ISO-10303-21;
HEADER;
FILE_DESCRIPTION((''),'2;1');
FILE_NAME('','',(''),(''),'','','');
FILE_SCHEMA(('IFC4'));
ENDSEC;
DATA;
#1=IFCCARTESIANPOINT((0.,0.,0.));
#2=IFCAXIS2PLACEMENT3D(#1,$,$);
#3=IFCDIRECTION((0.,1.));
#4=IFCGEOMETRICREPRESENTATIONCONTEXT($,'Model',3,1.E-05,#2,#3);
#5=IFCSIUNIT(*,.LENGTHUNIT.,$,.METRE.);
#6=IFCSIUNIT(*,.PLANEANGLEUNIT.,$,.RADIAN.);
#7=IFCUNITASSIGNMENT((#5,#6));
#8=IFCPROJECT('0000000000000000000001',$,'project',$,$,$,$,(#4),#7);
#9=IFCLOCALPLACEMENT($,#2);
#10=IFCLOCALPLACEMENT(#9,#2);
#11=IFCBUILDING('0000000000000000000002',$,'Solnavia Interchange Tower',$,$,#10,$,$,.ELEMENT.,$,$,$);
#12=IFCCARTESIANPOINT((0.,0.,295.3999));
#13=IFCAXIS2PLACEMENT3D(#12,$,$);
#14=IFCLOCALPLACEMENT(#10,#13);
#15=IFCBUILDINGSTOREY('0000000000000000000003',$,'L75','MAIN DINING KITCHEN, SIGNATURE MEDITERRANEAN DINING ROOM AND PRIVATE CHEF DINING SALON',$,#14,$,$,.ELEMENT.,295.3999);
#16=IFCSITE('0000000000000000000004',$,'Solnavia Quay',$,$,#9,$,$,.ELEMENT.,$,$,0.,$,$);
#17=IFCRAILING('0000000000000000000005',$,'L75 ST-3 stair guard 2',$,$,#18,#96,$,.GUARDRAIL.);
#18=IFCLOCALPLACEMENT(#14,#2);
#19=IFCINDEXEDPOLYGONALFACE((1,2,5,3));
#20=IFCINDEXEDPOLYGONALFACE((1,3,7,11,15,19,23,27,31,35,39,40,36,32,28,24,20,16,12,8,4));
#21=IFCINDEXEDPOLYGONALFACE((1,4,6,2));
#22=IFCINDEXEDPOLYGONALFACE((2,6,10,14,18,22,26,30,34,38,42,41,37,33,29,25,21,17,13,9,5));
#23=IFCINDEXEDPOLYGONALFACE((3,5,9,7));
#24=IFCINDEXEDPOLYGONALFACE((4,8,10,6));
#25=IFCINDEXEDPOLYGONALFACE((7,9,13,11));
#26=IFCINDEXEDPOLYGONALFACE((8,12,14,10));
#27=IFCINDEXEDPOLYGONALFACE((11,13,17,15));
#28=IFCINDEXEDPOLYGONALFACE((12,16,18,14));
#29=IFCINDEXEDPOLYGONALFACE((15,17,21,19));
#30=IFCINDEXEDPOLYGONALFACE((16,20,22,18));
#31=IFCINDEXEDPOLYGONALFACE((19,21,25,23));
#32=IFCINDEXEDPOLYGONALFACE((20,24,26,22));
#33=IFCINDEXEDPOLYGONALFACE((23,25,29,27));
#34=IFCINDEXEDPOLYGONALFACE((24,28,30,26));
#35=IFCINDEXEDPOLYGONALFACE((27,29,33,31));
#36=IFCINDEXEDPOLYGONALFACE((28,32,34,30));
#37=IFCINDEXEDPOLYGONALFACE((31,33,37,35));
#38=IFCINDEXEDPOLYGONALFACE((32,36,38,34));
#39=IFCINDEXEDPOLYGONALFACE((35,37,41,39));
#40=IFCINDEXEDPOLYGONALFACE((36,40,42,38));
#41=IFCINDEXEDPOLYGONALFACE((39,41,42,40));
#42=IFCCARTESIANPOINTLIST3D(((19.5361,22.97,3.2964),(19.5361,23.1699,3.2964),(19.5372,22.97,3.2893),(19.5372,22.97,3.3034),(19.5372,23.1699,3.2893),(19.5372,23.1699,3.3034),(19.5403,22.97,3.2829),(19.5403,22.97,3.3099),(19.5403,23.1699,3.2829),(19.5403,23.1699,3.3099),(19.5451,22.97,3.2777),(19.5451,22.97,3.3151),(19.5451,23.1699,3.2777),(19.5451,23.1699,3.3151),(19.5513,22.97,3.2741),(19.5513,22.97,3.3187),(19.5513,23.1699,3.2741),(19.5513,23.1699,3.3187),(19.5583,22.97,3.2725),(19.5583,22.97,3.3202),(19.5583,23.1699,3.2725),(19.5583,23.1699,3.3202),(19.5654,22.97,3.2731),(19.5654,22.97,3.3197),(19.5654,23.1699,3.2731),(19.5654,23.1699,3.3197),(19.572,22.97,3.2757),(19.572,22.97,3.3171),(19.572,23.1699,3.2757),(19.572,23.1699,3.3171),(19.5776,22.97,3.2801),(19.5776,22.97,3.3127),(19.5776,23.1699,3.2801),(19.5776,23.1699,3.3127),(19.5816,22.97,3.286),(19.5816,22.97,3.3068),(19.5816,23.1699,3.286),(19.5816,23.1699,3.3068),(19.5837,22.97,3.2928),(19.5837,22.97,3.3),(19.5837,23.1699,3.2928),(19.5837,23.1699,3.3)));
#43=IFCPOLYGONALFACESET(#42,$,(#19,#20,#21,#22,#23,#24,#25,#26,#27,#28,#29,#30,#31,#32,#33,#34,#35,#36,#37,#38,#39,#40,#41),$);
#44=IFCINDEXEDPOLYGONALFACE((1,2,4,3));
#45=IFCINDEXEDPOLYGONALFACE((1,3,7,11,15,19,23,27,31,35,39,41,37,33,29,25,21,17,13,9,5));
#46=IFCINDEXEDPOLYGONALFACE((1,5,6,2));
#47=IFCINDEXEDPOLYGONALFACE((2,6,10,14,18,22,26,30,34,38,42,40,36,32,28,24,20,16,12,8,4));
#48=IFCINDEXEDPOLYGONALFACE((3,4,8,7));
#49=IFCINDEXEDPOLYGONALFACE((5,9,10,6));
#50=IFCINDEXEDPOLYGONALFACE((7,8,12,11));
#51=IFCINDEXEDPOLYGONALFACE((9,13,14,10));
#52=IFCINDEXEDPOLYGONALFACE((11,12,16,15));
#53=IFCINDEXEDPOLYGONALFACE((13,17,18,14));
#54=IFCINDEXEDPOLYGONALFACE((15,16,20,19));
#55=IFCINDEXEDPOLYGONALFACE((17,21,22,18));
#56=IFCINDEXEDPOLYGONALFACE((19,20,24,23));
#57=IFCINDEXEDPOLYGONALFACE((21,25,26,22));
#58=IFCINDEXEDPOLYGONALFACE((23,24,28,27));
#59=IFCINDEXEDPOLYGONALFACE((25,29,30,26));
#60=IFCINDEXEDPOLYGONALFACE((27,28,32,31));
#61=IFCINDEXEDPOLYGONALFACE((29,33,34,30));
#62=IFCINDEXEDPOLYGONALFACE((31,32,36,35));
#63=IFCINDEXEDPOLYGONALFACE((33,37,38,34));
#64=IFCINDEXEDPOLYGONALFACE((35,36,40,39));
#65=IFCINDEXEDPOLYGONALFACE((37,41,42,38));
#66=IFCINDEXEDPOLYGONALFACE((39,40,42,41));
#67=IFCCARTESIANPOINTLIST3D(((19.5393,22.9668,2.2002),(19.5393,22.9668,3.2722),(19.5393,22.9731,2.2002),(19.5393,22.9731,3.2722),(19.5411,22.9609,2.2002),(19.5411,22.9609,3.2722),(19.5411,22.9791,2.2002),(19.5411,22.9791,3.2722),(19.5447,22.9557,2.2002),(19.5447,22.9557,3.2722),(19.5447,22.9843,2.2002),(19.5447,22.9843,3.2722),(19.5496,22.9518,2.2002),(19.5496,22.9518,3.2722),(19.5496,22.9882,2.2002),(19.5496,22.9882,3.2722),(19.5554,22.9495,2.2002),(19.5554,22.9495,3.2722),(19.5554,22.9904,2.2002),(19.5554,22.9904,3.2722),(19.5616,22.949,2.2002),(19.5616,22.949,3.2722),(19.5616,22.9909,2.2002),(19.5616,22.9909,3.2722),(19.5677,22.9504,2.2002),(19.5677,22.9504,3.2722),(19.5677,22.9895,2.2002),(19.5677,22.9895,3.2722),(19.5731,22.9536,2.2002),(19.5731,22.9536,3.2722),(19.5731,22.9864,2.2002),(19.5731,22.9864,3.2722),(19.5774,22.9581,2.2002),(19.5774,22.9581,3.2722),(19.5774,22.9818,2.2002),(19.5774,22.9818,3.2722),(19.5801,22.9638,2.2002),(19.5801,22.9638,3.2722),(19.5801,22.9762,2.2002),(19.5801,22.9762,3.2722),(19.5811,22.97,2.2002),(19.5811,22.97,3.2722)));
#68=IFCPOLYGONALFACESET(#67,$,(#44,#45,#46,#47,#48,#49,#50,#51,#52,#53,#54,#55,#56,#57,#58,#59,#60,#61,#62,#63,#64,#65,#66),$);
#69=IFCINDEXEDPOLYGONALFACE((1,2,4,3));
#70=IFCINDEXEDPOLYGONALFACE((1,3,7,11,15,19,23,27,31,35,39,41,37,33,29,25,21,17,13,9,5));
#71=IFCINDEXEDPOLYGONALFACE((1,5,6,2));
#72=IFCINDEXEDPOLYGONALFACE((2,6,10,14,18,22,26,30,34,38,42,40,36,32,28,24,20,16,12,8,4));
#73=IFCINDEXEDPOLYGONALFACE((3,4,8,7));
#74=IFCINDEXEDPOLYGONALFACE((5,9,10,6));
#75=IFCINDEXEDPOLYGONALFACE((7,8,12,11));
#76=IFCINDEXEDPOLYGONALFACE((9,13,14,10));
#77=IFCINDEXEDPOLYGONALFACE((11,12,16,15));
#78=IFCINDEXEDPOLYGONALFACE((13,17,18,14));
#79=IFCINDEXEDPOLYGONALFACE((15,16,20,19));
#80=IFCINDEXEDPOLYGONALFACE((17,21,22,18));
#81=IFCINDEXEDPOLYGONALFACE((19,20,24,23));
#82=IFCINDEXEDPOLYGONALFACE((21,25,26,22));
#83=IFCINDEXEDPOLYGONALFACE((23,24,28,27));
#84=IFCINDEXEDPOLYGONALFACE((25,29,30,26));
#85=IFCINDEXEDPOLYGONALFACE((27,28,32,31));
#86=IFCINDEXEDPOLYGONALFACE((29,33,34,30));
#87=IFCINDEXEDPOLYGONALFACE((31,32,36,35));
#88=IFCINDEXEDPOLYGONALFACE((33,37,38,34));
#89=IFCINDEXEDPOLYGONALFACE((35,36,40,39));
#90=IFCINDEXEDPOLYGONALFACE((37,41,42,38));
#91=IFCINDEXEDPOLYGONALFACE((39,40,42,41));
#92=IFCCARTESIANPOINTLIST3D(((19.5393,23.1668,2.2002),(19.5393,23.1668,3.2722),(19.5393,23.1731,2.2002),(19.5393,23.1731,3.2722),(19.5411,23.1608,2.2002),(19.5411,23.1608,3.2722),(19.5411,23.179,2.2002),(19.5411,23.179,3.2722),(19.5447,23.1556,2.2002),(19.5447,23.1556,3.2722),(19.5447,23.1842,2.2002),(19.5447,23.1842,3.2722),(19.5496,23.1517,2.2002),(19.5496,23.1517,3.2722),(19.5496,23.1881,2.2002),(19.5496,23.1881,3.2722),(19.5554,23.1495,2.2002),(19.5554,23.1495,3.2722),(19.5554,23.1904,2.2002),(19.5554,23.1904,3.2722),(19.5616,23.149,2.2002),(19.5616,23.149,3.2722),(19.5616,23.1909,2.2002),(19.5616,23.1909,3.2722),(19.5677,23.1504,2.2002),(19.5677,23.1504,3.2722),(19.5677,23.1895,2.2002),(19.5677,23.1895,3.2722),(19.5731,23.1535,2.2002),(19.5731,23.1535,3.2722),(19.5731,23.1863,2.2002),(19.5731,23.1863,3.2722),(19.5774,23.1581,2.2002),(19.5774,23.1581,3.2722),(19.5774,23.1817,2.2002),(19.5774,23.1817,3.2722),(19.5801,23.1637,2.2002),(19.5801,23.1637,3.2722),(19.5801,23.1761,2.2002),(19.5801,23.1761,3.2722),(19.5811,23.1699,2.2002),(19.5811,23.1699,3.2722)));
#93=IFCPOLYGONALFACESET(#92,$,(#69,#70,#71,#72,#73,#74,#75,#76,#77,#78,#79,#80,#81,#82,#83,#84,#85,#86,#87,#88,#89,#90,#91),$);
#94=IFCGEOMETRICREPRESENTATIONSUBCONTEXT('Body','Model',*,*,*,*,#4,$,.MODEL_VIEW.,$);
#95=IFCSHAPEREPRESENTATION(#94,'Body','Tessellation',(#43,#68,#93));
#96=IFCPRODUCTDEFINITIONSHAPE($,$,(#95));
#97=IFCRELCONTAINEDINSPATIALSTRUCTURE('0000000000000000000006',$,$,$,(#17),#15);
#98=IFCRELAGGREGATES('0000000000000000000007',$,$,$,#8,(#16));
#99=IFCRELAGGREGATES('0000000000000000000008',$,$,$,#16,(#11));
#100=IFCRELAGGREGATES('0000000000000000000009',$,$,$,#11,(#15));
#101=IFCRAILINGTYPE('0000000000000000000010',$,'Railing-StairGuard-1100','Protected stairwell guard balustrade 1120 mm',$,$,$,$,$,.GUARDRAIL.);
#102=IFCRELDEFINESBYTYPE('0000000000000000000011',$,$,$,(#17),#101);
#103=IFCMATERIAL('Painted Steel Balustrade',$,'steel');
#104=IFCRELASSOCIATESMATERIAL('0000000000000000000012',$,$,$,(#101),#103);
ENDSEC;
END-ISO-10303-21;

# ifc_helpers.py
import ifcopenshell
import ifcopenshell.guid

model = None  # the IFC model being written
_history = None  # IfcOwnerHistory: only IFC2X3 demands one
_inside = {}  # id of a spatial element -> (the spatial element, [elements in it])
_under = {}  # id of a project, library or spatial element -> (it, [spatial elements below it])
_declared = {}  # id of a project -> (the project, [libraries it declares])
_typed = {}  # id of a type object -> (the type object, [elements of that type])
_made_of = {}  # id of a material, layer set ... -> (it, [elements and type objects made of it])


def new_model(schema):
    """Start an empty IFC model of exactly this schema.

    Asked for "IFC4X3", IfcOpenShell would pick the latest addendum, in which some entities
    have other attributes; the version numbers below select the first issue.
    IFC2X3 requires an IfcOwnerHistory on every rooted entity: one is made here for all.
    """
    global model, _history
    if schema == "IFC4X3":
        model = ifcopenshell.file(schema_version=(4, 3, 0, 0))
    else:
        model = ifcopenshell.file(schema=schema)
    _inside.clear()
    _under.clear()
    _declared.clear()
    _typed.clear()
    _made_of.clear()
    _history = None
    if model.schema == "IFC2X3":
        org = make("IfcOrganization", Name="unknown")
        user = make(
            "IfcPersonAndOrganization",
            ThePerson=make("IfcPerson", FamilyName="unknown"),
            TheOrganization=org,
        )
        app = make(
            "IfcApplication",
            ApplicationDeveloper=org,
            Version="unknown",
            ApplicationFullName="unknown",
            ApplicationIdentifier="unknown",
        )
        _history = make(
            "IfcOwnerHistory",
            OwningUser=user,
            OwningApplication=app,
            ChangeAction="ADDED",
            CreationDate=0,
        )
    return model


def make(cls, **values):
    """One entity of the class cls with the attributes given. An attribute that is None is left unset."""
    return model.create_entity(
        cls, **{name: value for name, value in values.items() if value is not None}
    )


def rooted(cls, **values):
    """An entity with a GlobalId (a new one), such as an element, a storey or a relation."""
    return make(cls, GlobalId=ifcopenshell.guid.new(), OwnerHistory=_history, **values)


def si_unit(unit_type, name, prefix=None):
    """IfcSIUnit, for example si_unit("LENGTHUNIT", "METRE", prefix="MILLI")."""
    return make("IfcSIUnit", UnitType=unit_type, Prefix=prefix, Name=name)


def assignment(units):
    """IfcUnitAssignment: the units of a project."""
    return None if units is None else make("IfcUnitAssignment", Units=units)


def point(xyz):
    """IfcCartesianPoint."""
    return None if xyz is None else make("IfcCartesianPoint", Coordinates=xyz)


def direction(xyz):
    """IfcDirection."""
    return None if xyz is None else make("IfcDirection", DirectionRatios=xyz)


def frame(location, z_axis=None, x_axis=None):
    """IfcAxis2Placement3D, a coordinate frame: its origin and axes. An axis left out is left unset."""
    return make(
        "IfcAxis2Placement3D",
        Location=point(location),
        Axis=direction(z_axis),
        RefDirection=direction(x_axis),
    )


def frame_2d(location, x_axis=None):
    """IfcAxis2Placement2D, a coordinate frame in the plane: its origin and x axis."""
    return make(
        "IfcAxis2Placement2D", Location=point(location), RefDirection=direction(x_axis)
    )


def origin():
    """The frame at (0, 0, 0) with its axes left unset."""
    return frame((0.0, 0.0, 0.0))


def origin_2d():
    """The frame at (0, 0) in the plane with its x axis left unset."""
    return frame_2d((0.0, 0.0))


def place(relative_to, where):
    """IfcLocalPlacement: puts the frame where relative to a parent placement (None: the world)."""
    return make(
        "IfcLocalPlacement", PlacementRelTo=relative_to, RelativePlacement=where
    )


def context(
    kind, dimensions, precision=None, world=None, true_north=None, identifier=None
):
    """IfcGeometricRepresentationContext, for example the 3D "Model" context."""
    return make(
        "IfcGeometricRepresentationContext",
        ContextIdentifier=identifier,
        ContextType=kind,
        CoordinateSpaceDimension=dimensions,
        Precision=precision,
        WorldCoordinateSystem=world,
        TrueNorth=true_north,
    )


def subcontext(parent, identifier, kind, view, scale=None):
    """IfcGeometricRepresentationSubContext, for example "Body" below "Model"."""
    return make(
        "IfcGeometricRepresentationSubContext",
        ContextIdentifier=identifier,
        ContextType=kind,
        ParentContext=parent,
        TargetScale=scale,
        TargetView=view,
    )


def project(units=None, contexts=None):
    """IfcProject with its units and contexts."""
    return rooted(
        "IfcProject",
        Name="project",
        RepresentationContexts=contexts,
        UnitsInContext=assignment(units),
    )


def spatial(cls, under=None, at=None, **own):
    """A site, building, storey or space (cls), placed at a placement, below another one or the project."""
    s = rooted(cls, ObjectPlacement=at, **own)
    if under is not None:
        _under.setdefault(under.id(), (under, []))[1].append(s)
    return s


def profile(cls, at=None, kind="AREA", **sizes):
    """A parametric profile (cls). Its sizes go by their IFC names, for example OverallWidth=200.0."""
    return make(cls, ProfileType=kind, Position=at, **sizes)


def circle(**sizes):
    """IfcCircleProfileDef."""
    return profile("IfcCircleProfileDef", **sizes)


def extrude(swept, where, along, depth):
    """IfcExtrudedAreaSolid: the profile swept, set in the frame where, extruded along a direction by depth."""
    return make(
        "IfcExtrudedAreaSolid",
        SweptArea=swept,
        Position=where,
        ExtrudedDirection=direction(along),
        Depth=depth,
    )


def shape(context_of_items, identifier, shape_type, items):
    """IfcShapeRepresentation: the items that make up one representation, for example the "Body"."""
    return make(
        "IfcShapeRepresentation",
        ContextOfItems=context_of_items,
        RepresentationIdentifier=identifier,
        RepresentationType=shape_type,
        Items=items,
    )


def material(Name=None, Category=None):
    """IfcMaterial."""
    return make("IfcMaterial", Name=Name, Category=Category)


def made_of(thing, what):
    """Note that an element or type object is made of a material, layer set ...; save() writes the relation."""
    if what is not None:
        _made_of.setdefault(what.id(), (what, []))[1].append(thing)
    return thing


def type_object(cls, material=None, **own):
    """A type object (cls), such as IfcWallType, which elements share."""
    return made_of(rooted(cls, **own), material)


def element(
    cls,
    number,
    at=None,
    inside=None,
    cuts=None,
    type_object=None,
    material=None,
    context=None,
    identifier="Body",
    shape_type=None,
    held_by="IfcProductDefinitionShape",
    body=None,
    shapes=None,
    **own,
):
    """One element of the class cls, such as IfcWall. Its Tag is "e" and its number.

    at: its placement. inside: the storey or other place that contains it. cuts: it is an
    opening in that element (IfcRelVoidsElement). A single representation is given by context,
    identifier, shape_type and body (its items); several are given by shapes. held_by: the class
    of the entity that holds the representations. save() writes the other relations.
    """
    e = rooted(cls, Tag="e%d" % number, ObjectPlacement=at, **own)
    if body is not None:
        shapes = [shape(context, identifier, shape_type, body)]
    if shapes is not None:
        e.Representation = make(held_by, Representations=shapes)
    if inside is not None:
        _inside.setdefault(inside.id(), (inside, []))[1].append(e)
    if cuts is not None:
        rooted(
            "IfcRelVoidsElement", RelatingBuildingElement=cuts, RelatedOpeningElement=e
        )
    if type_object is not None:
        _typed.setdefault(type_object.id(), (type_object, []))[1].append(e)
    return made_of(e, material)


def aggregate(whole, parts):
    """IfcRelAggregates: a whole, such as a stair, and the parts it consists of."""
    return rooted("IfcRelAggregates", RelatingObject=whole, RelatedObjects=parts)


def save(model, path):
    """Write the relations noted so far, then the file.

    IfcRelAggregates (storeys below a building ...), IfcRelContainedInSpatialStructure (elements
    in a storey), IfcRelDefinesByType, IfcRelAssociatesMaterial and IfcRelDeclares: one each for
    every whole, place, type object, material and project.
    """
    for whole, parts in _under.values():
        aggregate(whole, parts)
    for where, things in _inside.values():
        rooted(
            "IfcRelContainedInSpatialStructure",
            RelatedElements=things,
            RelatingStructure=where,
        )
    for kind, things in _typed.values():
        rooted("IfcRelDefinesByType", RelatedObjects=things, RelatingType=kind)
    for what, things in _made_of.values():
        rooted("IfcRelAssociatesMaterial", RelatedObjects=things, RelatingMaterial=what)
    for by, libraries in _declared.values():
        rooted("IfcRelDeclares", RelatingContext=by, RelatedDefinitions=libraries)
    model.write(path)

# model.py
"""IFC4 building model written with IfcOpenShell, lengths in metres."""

from ifc_helpers import new_model, si_unit, direction, frame, origin, origin_2d, place, context, subcontext, project, spatial, circle, extrude, material, type_object, element, save


model = new_model("IFC4")

# Units and contexts
model_context = context("Model", 3, precision=1e-05, world=origin(), true_north=direction((0.0, 1.0)))
body_context = subcontext(model_context, "Body", "Model", "MODEL_VIEW")
ifc_project = project(units=[si_unit("LENGTHUNIT", "METRE"), si_unit("PLANEANGLEUNIT", "RADIAN")], contexts=[model_context])

# Site, building, storey
site_placement = place(None, origin())
site = spatial("IfcSite", under=ifc_project, at=site_placement, Name="Solnavia Quay", CompositionType="ELEMENT", RefElevation=0.0)
building_placement = place(site_placement, origin())
building = spatial("IfcBuilding", under=site, at=building_placement, Name="Solnavia Interchange Tower", CompositionType="ELEMENT")
storey_placement = place(building_placement, frame((0.0, 0.0, 295.3999)))
storey = spatial("IfcBuildingStorey", under=building, at=storey_placement, Name="L75", Description="MAIN DINING KITCHEN, SIGNATURE MEDITERRANEAN DINING ROOM AND PRIVATE CHEF DINING SALON", CompositionType="ELEMENT", Elevation=295.3999)

# Railing
ifc_material_1 = material(Name="Painted Steel Balustrade", Category="steel")
railing_type_1 = type_object("IfcRailingType", Name="Railing-StairGuard-1100", Description="Protected stairwell guard balustrade 1120 mm", PredefinedType="GUARDRAIL", material=ifc_material_1)
railing_1_placement = place(storey_placement, frame((19.5601, 22.97, 2.2002)))
element("IfcRailing", 1, at=railing_1_placement, inside=storey, type_object=railing_type_1, Name="L75 ST-3 stair guard 2", PredefinedType="GUARDRAIL", context=body_context, shape_type="SweptSolid", body=[
    extrude(circle(Radius=0.0239, at=origin_2d()), frame((0.0, 0.0, 1.0962), z_axis=(0.0, 1.0, 0.0), x_axis=(-1.0, 0.0, 0.0)), (0.0, 0.0, 1.0), 0.2),
    extrude(circle(Radius=0.021, at=origin_2d()), origin(), (0.0, 0.0, 1.0), 1.072),
    extrude(circle(Radius=0.021, at=origin_2d()), frame((0.0, 0.2, 0.0)), (0.0, 0.0, 1.0), 1.072),
])

save(model, "model.ifc")
